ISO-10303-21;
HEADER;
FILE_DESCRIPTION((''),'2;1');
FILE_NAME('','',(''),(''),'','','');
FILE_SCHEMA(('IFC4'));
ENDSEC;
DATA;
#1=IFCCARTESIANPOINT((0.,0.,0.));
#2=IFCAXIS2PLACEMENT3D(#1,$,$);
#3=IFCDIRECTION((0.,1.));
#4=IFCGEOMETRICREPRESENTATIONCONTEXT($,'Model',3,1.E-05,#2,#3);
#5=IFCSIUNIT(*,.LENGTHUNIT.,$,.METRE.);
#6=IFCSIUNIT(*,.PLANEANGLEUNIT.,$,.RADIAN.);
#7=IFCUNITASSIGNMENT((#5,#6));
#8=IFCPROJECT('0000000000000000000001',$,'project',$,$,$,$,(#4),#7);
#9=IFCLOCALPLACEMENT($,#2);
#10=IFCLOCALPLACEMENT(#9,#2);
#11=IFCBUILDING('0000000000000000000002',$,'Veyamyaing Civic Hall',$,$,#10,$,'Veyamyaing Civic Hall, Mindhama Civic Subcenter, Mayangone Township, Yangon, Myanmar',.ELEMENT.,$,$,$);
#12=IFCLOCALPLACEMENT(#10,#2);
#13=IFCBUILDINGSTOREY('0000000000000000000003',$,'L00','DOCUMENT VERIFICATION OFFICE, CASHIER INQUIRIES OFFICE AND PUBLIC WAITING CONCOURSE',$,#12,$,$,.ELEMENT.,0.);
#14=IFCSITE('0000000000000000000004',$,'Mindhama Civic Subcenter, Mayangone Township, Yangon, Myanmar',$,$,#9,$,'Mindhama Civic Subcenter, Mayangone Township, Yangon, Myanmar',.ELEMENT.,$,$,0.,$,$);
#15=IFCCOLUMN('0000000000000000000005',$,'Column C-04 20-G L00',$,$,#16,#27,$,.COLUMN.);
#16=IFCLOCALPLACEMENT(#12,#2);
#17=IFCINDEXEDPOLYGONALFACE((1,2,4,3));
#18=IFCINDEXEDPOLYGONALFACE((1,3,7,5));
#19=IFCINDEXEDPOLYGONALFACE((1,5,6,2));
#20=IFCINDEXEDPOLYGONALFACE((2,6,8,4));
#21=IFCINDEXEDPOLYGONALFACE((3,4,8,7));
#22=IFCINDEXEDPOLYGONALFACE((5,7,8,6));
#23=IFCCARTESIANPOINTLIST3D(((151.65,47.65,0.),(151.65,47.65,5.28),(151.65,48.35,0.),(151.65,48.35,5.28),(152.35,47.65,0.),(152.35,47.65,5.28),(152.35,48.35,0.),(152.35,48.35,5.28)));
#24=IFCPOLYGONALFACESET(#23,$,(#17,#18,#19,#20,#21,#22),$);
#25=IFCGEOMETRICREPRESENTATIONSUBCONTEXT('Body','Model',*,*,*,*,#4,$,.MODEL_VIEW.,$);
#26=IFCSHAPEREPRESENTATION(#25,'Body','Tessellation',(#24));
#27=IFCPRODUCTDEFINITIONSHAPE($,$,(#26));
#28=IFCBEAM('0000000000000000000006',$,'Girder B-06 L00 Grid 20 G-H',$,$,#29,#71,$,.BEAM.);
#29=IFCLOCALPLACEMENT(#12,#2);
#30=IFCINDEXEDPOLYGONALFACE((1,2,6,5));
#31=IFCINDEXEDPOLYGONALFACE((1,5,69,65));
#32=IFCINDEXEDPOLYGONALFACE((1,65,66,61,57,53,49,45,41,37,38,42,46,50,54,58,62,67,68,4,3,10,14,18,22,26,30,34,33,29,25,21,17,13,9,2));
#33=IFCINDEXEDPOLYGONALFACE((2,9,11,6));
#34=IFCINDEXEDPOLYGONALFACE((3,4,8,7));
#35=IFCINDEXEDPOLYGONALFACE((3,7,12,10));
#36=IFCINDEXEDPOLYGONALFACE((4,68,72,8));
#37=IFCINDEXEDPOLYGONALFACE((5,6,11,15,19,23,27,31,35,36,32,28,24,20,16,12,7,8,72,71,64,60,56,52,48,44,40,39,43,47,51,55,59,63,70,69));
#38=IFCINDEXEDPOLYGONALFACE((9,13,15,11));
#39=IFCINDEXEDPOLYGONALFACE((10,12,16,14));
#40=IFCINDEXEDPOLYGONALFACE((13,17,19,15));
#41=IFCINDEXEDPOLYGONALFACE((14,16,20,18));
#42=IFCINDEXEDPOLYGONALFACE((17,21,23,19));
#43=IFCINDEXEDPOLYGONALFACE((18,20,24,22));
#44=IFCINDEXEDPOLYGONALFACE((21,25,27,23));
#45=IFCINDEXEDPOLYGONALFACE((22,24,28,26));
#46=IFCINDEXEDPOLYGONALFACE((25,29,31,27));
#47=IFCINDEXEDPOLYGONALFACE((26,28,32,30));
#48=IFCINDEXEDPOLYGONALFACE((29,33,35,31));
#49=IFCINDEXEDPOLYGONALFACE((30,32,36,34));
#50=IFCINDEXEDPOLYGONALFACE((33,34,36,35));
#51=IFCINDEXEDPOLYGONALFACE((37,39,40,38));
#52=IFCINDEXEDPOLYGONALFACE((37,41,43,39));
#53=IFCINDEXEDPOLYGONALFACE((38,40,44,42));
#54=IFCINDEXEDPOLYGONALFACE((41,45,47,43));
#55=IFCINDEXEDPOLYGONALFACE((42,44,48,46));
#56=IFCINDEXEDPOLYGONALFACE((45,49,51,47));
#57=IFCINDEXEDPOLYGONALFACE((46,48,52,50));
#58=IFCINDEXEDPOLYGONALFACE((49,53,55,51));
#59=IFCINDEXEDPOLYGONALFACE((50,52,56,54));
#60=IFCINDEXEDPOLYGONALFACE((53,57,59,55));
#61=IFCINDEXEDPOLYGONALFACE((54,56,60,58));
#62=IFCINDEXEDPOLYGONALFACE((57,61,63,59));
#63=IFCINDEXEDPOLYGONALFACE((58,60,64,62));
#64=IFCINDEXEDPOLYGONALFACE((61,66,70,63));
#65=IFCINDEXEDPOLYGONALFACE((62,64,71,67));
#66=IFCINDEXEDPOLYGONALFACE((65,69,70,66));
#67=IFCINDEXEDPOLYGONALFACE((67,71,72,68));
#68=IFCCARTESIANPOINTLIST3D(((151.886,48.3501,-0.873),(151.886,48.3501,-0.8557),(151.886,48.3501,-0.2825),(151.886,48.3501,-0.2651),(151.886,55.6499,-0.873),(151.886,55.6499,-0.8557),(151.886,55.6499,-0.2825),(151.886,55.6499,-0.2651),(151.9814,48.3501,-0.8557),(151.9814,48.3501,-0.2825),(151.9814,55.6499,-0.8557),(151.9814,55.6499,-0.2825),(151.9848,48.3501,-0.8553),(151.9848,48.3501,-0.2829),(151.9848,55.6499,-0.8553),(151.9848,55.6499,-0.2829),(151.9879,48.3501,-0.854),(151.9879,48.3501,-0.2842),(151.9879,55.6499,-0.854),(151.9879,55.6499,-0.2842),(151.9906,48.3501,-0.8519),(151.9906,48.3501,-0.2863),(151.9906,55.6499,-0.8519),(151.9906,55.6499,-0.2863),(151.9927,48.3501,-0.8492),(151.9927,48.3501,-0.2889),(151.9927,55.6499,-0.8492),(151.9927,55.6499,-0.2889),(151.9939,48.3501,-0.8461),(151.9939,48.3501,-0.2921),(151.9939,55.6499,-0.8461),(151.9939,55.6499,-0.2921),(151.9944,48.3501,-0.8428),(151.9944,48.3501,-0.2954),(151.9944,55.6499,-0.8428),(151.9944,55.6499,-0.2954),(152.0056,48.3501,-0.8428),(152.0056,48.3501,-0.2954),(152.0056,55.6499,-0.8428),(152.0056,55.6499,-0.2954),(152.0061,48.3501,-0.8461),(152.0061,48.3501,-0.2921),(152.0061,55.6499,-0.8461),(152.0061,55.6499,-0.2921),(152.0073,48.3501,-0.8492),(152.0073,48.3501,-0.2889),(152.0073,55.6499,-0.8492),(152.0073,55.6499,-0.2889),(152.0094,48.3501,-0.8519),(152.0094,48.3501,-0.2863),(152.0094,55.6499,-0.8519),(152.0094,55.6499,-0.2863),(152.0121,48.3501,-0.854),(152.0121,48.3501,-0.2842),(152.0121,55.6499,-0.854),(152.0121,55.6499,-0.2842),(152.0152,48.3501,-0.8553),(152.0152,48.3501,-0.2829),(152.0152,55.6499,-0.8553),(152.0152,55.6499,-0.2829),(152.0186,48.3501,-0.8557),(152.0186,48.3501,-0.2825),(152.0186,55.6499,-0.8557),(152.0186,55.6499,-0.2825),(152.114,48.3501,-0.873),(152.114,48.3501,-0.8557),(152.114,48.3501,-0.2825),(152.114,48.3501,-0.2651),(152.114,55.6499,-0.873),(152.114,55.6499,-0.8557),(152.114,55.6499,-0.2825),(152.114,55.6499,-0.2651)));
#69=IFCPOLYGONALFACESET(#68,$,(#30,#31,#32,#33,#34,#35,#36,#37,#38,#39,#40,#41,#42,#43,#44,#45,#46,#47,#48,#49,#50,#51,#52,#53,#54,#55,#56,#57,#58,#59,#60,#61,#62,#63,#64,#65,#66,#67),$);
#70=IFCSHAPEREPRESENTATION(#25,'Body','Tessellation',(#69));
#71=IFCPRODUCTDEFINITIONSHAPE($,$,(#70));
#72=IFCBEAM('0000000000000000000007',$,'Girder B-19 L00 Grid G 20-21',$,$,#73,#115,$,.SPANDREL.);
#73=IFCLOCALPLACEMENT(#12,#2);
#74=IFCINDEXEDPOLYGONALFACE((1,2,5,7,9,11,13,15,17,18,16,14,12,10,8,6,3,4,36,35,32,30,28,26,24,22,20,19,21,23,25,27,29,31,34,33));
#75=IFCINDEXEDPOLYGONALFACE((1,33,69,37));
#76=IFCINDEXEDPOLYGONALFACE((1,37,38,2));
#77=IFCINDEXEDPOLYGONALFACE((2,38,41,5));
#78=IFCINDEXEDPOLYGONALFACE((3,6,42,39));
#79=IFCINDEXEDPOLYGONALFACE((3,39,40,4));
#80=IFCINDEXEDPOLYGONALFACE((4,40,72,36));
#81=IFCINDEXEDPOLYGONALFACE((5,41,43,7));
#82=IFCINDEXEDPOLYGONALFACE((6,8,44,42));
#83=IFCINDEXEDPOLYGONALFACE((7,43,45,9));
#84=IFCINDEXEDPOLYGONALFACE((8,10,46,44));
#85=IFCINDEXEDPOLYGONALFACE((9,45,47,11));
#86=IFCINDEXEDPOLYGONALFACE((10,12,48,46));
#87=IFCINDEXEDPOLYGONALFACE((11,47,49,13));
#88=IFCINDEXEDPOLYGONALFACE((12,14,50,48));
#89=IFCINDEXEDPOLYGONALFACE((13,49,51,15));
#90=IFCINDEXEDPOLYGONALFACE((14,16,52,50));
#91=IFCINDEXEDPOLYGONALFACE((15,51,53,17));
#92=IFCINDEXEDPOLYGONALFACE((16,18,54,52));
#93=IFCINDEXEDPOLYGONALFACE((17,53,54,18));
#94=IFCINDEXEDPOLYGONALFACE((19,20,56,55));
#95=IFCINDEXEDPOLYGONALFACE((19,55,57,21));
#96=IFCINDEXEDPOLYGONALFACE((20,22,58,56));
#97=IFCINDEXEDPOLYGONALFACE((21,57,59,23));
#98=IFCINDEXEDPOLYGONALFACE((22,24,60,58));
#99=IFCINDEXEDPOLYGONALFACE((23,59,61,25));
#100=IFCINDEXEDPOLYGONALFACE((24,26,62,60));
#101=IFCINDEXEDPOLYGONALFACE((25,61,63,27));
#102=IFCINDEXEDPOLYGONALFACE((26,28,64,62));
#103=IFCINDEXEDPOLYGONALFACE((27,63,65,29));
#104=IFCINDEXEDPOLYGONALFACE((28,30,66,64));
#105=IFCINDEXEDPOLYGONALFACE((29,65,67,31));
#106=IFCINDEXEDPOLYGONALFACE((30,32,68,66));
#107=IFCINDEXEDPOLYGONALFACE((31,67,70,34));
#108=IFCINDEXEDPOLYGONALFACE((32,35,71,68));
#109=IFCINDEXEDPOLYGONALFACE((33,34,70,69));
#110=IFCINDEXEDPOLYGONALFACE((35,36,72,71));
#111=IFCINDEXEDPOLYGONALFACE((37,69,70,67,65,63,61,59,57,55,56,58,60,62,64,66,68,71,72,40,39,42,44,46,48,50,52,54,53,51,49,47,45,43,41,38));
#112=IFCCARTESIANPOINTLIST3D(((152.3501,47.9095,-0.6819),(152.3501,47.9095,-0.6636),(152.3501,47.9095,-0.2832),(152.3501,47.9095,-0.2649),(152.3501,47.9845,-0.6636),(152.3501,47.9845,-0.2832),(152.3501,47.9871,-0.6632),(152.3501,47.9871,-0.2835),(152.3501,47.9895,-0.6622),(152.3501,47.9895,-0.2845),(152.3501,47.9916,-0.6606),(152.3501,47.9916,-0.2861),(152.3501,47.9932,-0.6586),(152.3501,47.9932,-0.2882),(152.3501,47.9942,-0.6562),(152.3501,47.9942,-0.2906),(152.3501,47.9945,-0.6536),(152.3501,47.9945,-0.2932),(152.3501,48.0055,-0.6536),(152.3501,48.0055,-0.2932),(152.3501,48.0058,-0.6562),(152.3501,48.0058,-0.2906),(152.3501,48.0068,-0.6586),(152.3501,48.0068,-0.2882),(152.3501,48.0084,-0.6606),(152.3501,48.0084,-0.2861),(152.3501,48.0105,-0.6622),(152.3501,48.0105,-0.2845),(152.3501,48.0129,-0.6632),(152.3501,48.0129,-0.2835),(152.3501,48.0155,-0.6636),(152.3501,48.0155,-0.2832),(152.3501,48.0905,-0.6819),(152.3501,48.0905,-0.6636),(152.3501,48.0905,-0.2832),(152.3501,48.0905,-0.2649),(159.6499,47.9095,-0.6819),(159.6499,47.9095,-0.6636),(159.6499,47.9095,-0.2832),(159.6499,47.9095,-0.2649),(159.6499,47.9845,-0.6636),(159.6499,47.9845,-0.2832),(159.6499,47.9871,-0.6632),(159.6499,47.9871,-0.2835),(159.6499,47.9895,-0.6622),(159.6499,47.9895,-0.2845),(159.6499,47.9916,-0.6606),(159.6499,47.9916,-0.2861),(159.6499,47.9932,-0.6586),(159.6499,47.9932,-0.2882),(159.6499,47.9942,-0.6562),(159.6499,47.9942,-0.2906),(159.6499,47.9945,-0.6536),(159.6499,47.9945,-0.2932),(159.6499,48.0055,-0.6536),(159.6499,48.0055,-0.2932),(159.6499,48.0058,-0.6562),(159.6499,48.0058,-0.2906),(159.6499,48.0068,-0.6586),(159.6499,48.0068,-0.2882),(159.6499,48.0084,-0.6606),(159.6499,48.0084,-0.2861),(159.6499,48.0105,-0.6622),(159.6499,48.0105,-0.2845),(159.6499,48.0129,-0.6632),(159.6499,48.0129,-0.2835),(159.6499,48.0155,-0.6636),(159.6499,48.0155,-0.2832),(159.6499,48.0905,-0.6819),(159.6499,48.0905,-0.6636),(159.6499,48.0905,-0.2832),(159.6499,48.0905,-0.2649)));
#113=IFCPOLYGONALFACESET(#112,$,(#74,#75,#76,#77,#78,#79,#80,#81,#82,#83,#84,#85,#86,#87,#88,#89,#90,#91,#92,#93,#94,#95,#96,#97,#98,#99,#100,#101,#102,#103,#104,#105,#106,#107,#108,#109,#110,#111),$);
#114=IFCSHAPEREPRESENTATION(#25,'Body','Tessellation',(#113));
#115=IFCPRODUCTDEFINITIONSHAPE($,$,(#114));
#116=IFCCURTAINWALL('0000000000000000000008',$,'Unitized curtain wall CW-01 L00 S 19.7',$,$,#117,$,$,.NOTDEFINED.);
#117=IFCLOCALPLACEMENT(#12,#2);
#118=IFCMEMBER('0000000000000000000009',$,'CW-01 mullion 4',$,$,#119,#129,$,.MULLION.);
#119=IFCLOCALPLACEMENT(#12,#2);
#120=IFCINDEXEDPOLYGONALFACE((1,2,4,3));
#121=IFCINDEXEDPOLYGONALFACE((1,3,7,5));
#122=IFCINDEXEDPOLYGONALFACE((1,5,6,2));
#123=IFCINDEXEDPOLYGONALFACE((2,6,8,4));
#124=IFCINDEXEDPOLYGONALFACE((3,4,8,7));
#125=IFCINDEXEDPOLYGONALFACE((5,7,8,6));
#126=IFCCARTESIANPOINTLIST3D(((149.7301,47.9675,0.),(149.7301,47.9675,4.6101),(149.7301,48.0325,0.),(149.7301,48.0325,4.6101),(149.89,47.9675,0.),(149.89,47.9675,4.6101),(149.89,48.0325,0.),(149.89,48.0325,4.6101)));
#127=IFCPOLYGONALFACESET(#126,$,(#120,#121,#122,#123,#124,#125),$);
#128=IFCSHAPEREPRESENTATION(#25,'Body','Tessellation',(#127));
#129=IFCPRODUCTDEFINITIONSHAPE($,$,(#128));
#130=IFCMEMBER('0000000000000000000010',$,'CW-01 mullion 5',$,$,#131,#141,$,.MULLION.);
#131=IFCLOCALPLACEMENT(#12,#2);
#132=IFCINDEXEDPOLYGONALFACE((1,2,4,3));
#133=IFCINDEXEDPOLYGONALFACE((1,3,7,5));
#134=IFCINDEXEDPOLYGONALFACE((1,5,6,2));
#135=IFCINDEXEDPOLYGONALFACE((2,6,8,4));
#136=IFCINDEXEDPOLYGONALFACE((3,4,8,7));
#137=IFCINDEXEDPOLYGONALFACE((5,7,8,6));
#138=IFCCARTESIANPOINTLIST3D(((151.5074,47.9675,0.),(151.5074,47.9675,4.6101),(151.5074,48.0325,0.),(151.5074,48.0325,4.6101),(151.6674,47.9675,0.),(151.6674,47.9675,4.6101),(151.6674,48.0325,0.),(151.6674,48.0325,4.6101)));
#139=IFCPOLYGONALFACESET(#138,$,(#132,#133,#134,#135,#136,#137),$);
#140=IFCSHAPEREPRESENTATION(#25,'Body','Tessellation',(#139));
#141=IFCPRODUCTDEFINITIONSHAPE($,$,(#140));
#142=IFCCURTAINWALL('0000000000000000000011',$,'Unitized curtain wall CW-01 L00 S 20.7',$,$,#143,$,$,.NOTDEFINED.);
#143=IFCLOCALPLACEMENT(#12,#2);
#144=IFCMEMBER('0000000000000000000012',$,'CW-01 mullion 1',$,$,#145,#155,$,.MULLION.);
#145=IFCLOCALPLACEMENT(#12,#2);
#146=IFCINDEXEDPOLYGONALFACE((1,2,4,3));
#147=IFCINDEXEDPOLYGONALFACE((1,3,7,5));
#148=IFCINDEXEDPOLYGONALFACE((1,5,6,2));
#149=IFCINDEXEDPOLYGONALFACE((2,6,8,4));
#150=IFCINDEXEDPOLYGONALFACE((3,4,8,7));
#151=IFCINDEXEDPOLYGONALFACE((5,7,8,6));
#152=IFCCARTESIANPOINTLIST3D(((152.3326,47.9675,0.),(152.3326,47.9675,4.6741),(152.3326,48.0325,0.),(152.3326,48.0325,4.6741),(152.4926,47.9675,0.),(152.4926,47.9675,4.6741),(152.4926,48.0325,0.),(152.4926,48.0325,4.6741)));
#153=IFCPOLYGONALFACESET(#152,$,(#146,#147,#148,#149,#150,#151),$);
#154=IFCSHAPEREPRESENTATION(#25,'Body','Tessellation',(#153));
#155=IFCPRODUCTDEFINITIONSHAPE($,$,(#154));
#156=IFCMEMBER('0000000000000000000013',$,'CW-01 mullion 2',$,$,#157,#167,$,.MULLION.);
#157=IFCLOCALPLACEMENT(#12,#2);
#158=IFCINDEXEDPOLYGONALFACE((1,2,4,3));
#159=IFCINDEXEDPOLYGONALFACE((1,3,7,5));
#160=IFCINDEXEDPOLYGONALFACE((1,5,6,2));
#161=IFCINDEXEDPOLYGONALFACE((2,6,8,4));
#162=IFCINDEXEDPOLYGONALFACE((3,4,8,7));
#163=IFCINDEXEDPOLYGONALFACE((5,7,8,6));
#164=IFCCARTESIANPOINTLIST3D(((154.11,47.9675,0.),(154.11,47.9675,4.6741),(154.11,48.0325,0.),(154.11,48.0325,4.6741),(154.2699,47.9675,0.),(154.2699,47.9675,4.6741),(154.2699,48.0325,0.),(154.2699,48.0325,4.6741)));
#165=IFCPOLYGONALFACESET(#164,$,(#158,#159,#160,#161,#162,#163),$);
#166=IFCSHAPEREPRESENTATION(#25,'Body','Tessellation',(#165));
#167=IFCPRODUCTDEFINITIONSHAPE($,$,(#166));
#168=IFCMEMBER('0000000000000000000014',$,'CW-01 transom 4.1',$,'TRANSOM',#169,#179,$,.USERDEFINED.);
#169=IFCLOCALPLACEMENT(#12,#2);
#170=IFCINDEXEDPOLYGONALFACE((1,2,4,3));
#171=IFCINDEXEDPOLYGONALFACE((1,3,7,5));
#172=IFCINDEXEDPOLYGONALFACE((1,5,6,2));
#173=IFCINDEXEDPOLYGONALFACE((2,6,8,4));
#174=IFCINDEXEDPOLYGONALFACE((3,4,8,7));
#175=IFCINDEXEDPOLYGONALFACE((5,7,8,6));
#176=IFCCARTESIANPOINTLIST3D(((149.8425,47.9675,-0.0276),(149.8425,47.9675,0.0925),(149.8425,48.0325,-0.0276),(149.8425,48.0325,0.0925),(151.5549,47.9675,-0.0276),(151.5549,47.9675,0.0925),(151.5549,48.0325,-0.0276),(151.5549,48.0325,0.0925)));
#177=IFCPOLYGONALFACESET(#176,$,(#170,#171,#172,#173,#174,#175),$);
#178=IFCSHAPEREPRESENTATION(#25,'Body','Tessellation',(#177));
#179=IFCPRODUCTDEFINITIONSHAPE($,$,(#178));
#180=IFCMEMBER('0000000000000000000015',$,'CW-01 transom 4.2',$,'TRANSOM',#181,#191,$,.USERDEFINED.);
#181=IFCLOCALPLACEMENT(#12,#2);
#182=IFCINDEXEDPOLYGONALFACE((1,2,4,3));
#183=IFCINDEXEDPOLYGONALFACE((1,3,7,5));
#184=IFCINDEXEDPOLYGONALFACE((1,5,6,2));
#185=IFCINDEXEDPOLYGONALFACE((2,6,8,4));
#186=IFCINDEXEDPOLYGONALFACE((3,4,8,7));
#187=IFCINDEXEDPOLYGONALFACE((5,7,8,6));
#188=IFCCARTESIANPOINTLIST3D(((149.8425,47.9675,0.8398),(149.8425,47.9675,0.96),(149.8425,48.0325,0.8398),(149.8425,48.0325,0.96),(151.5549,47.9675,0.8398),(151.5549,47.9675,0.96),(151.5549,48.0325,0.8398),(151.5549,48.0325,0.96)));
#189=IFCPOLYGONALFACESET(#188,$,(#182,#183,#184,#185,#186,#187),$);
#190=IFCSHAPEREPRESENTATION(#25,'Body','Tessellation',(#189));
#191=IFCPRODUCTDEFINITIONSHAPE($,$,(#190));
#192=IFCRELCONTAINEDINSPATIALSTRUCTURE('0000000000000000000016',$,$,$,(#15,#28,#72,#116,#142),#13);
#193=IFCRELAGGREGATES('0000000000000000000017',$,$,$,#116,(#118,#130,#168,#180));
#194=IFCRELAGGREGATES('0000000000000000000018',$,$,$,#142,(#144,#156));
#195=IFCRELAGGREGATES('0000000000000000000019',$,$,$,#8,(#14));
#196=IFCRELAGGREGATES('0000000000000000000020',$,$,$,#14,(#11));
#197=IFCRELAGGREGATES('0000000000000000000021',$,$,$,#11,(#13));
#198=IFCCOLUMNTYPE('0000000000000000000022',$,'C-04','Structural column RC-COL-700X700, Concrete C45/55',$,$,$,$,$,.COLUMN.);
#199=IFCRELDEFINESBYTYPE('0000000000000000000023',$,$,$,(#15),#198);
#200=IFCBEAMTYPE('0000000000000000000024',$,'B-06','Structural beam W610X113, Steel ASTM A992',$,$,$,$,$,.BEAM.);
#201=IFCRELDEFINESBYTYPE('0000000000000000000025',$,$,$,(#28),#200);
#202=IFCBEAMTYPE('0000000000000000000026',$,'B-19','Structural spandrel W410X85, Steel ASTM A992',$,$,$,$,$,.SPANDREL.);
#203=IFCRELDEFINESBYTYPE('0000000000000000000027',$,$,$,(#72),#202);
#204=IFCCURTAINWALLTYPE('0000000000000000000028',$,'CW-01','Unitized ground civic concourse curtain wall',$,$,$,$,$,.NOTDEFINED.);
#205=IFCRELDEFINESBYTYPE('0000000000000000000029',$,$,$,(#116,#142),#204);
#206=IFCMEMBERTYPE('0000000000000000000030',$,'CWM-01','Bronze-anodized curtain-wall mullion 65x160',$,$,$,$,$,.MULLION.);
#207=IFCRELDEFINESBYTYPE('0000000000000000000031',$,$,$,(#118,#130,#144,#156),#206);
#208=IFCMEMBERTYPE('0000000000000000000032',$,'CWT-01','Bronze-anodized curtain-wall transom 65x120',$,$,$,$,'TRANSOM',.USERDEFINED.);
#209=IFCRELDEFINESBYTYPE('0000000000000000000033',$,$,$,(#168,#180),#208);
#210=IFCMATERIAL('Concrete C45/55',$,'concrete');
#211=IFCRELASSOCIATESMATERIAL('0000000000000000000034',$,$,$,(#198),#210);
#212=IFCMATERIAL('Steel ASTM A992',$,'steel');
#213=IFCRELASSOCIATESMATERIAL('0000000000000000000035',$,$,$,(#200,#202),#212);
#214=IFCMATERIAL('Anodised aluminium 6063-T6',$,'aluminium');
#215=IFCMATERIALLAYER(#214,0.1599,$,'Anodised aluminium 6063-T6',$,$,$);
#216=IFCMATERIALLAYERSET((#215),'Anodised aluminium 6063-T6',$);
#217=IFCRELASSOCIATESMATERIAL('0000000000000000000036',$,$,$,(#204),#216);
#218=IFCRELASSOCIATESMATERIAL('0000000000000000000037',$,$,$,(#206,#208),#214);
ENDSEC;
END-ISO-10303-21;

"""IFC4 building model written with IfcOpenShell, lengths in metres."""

from ifc_helpers import new_model, si_unit, direction, frame, origin, origin_2d, place, context, subcontext, project, spatial, rectangle, i_section, extrude, material, layer, layer_set, material_profile, profile_set, type_object, element, aggregate, save


model = new_model("IFC4")

# Units and contexts
model_context = context("Model", 3, precision=1e-05, world=origin(), true_north=direction((0.0, 1.0)))
body_context = subcontext(model_context, "Body", "Model", "MODEL_VIEW")
ifc_project = project(units=[si_unit("LENGTHUNIT", "METRE"), si_unit("PLANEANGLEUNIT", "RADIAN")], contexts=[model_context])

# Site, building, storey
site_placement = place(None, origin())
site = spatial("IfcSite", under=ifc_project, at=site_placement, Name="Mindhama Civic Subcenter, Mayangone Township, Yangon, Myanmar", LongName="Mindhama Civic Subcenter, Mayangone Township, Yangon, Myanmar", CompositionType="ELEMENT", RefElevation=0.0)
building_placement = place(site_placement, origin())
building = spatial("IfcBuilding", under=site, at=building_placement, Name="Veyamyaing Civic Hall", LongName="Veyamyaing Civic Hall, Mindhama Civic Subcenter, Mayangone Township, Yangon, Myanmar", CompositionType="ELEMENT")
storey_placement = place(building_placement, origin())
storey = spatial("IfcBuildingStorey", under=building, at=storey_placement, Name="L00", Description="DOCUMENT VERIFICATION OFFICE, CASHIER INQUIRIES OFFICE AND PUBLIC WAITING CONCOURSE", CompositionType="ELEMENT", Elevation=0.0)

# Column
ifc_material_1 = material(Name="Concrete C45/55", Category="concrete")
ifc_material_profile_1 = material_profile(ifc_material_1, rectangle(XDim=0.7, YDim=0.7, at=origin_2d()), Name="RC-COL-700X700")
ifc_profile_set_1 = profile_set([ifc_material_profile_1], Name="Concrete C45/55")
column_type = type_object("IfcColumnType", Name="C-04", Description="Structural column RC-COL-700X700, Concrete C45/55", PredefinedType="COLUMN", material=ifc_profile_set_1)
column_placement = place(storey_placement, frame((152.0, 48.0, 0.0), z_axis=(0.0, 0.0, 1.0), x_axis=(1.0, 0.0, 0.0)))
element("IfcColumn", 1, at=column_placement, inside=storey, type_object=column_type, Name="Column C-04 20-G L00", PredefinedType="COLUMN", context=body_context, shape_type="SweptSolid", body=[
    extrude(rectangle(XDim=0.7, YDim=0.7, at=origin_2d()), origin(), (0.0, 0.0, 1.0), 5.28),
])

# Beams
ifc_material_2 = material(Name="Steel ASTM A992", Category="steel")
ifc_material_profile_2 = material_profile(ifc_material_2, i_section(OverallWidth=0.228, OverallDepth=0.6079, WebThickness=0.0112, FlangeThickness=0.0173, FilletRadius=0.0129, at=origin_2d()), Name="W610X113")
ifc_profile_set_2 = profile_set([ifc_material_profile_2], Name="Steel ASTM A992")
beam_type_1 = type_object("IfcBeamType", Name="B-06", Description="Structural beam W610X113, Steel ASTM A992", PredefinedType="BEAM", material=ifc_profile_set_2)
beam_1_placement = place(storey_placement, frame((152.0, 48.3501, -0.5691), z_axis=(0.0, 1.0, 0.0), x_axis=(-1.0, 0.0, 0.0)))
element("IfcBeam", 2, at=beam_1_placement, inside=storey, type_object=beam_type_1, Name="Girder B-06 L00 Grid 20 G-H", PredefinedType="BEAM", context=body_context, shape_type="SweptSolid", body=[
    extrude(i_section(OverallWidth=0.228, OverallDepth=0.6079, WebThickness=0.0112, FlangeThickness=0.0173, FilletRadius=0.0129, at=origin_2d()), origin(), (0.0, 0.0, 1.0), 7.2998),
])
ifc_material_profile_3 = material_profile(ifc_material_2, i_section(OverallWidth=0.1809, OverallDepth=0.417, WebThickness=0.011, FlangeThickness=0.0183, FilletRadius=0.01, at=origin_2d()), Name="W410X85")
ifc_profile_set_3 = profile_set([ifc_material_profile_3], Name="Steel ASTM A992")
beam_type_2 = type_object("IfcBeamType", Name="B-19", Description="Structural spandrel W410X85, Steel ASTM A992", PredefinedType="SPANDREL", material=ifc_profile_set_3)
beam_2_placement = place(storey_placement, frame((152.3501, 48.0, -0.4734), z_axis=(1.0, 0.0, 0.0), x_axis=(0.0, 1.0, 0.0)))
element("IfcBeam", 3, at=beam_2_placement, inside=storey, type_object=beam_type_2, Name="Girder B-19 L00 Grid G 20-21", PredefinedType="SPANDREL", context=body_context, shape_type="SweptSolid", body=[
    extrude(i_section(OverallWidth=0.1809, OverallDepth=0.417, WebThickness=0.011, FlangeThickness=0.0183, FilletRadius=0.01, at=origin_2d()), origin(), (0.0, 0.0, 1.0), 7.2998),
])

# Curtain walls, members
ifc_material_3 = material(Name="Anodised aluminium 6063-T6", Category="aluminium")
ifc_layer_1 = layer(ifc_material_3, 0.1599, Name="Anodised aluminium 6063-T6")
ifc_layer_set_1 = layer_set([ifc_layer_1], Name="Anodised aluminium 6063-T6")
curtain_wall_type = type_object("IfcCurtainWallType", Name="CW-01", Description="Unitized ground civic concourse curtain wall", PredefinedType="NOTDEFINED", material=ifc_layer_set_1)
curtain_wall_1_placement = place(storey_placement, origin())
curtain_wall_1 = element("IfcCurtainWall", 4, at=curtain_wall_1_placement, inside=storey, type_object=curtain_wall_type, Name="Unitized curtain wall CW-01 L00 S 19.7", PredefinedType="NOTDEFINED")
ifc_material_profile_4 = material_profile(ifc_material_3, rectangle(XDim=0.0649, YDim=0.1599, at=origin_2d()), Name="ALU-MUL-65X160")
ifc_profile_set_4 = profile_set([ifc_material_profile_4], Name="Anodised aluminium 6063-T6")
member_type_1 = type_object("IfcMemberType", Name="CWM-01", Description="Bronze-anodized curtain-wall mullion 65x160", PredefinedType="MULLION", material=ifc_profile_set_4)
member_1_placement = place(storey_placement, frame((149.8101, 48.0, 0.0), z_axis=(0.0, 0.0, 1.0), x_axis=(0.0, 1.0, 0.0)))
member_1 = element("IfcMember", 5, at=member_1_placement, type_object=member_type_1, Name="CW-01 mullion 4", PredefinedType="MULLION", context=body_context, shape_type="SweptSolid", body=[
    extrude(rectangle(XDim=0.0649, YDim=0.1599, at=origin_2d()), origin(), (0.0, 0.0, 1.0), 4.6101),
])
member_2_placement = place(storey_placement, frame((151.5874, 48.0, 0.0), z_axis=(0.0, 0.0, 1.0), x_axis=(0.0, 1.0, 0.0)))
member_2 = element("IfcMember", 6, at=member_2_placement, type_object=member_type_1, Name="CW-01 mullion 5", PredefinedType="MULLION", context=body_context, shape_type="SweptSolid", body=[
    extrude(rectangle(XDim=0.0649, YDim=0.1599, at=origin_2d()), origin(), (0.0, 0.0, 1.0), 4.6101),
])
curtain_wall_2_placement = place(storey_placement, origin())
curtain_wall_2 = element("IfcCurtainWall", 7, at=curtain_wall_2_placement, inside=storey, type_object=curtain_wall_type, Name="Unitized curtain wall CW-01 L00 S 20.7", PredefinedType="NOTDEFINED")
member_3_placement = place(storey_placement, frame((152.4126, 48.0, 0.0), z_axis=(0.0, 0.0, 1.0), x_axis=(0.0, 1.0, 0.0)))
member_3 = element("IfcMember", 8, at=member_3_placement, type_object=member_type_1, Name="CW-01 mullion 1", PredefinedType="MULLION", context=body_context, shape_type="SweptSolid", body=[
    extrude(rectangle(XDim=0.0649, YDim=0.1599, at=origin_2d()), origin(), (0.0, 0.0, 1.0), 4.6741),
])
member_4_placement = place(storey_placement, frame((154.1899, 48.0, 0.0), z_axis=(0.0, 0.0, 1.0), x_axis=(0.0, 1.0, 0.0)))
member_4 = element("IfcMember", 9, at=member_4_placement, type_object=member_type_1, Name="CW-01 mullion 2", PredefinedType="MULLION", context=body_context, shape_type="SweptSolid", body=[
    extrude(rectangle(XDim=0.0649, YDim=0.1599, at=origin_2d()), origin(), (0.0, 0.0, 1.0), 4.6741),
])

# Members
ifc_material_profile_5 = material_profile(ifc_material_3, rectangle(XDim=0.0649, YDim=0.1201, at=origin_2d()), Name="ALU-TRN-65X120")
ifc_profile_set_5 = profile_set([ifc_material_profile_5], Name="Anodised aluminium 6063-T6")
member_type_2 = type_object("IfcMemberType", Name="CWT-01", Description="Bronze-anodized curtain-wall transom 65x120", ElementType="TRANSOM", PredefinedType="USERDEFINED", material=ifc_profile_set_5)
member_5_placement = place(storey_placement, frame((149.8425, 48.0, 0.0325), z_axis=(1.0, 0.0, 0.0), x_axis=(0.0, 1.0, 0.0)))
member_5 = element("IfcMember", 10, at=member_5_placement, type_object=member_type_2, Name="CW-01 transom 4.1", ObjectType="TRANSOM", PredefinedType="USERDEFINED", context=body_context, shape_type="SweptSolid", body=[
    extrude(rectangle(XDim=0.0649, YDim=0.1201, at=origin_2d()), origin(), (0.0, 0.0, 1.0), 1.7124),
])
member_6_placement = place(storey_placement, frame((149.8425, 48.0, 0.8999), z_axis=(1.0, 0.0, 0.0), x_axis=(0.0, 1.0, 0.0)))
member_6 = element("IfcMember", 11, at=member_6_placement, type_object=member_type_2, Name="CW-01 transom 4.2", ObjectType="TRANSOM", PredefinedType="USERDEFINED", context=body_context, shape_type="SweptSolid", body=[
    extrude(rectangle(XDim=0.0649, YDim=0.1201, at=origin_2d()), origin(), (0.0, 0.0, 1.0), 1.7124),
])

aggregate(curtain_wall_1, [member_1, member_2, member_5, member_6])
aggregate(curtain_wall_2, [member_3, member_4])

save(model, "model.ifc")
